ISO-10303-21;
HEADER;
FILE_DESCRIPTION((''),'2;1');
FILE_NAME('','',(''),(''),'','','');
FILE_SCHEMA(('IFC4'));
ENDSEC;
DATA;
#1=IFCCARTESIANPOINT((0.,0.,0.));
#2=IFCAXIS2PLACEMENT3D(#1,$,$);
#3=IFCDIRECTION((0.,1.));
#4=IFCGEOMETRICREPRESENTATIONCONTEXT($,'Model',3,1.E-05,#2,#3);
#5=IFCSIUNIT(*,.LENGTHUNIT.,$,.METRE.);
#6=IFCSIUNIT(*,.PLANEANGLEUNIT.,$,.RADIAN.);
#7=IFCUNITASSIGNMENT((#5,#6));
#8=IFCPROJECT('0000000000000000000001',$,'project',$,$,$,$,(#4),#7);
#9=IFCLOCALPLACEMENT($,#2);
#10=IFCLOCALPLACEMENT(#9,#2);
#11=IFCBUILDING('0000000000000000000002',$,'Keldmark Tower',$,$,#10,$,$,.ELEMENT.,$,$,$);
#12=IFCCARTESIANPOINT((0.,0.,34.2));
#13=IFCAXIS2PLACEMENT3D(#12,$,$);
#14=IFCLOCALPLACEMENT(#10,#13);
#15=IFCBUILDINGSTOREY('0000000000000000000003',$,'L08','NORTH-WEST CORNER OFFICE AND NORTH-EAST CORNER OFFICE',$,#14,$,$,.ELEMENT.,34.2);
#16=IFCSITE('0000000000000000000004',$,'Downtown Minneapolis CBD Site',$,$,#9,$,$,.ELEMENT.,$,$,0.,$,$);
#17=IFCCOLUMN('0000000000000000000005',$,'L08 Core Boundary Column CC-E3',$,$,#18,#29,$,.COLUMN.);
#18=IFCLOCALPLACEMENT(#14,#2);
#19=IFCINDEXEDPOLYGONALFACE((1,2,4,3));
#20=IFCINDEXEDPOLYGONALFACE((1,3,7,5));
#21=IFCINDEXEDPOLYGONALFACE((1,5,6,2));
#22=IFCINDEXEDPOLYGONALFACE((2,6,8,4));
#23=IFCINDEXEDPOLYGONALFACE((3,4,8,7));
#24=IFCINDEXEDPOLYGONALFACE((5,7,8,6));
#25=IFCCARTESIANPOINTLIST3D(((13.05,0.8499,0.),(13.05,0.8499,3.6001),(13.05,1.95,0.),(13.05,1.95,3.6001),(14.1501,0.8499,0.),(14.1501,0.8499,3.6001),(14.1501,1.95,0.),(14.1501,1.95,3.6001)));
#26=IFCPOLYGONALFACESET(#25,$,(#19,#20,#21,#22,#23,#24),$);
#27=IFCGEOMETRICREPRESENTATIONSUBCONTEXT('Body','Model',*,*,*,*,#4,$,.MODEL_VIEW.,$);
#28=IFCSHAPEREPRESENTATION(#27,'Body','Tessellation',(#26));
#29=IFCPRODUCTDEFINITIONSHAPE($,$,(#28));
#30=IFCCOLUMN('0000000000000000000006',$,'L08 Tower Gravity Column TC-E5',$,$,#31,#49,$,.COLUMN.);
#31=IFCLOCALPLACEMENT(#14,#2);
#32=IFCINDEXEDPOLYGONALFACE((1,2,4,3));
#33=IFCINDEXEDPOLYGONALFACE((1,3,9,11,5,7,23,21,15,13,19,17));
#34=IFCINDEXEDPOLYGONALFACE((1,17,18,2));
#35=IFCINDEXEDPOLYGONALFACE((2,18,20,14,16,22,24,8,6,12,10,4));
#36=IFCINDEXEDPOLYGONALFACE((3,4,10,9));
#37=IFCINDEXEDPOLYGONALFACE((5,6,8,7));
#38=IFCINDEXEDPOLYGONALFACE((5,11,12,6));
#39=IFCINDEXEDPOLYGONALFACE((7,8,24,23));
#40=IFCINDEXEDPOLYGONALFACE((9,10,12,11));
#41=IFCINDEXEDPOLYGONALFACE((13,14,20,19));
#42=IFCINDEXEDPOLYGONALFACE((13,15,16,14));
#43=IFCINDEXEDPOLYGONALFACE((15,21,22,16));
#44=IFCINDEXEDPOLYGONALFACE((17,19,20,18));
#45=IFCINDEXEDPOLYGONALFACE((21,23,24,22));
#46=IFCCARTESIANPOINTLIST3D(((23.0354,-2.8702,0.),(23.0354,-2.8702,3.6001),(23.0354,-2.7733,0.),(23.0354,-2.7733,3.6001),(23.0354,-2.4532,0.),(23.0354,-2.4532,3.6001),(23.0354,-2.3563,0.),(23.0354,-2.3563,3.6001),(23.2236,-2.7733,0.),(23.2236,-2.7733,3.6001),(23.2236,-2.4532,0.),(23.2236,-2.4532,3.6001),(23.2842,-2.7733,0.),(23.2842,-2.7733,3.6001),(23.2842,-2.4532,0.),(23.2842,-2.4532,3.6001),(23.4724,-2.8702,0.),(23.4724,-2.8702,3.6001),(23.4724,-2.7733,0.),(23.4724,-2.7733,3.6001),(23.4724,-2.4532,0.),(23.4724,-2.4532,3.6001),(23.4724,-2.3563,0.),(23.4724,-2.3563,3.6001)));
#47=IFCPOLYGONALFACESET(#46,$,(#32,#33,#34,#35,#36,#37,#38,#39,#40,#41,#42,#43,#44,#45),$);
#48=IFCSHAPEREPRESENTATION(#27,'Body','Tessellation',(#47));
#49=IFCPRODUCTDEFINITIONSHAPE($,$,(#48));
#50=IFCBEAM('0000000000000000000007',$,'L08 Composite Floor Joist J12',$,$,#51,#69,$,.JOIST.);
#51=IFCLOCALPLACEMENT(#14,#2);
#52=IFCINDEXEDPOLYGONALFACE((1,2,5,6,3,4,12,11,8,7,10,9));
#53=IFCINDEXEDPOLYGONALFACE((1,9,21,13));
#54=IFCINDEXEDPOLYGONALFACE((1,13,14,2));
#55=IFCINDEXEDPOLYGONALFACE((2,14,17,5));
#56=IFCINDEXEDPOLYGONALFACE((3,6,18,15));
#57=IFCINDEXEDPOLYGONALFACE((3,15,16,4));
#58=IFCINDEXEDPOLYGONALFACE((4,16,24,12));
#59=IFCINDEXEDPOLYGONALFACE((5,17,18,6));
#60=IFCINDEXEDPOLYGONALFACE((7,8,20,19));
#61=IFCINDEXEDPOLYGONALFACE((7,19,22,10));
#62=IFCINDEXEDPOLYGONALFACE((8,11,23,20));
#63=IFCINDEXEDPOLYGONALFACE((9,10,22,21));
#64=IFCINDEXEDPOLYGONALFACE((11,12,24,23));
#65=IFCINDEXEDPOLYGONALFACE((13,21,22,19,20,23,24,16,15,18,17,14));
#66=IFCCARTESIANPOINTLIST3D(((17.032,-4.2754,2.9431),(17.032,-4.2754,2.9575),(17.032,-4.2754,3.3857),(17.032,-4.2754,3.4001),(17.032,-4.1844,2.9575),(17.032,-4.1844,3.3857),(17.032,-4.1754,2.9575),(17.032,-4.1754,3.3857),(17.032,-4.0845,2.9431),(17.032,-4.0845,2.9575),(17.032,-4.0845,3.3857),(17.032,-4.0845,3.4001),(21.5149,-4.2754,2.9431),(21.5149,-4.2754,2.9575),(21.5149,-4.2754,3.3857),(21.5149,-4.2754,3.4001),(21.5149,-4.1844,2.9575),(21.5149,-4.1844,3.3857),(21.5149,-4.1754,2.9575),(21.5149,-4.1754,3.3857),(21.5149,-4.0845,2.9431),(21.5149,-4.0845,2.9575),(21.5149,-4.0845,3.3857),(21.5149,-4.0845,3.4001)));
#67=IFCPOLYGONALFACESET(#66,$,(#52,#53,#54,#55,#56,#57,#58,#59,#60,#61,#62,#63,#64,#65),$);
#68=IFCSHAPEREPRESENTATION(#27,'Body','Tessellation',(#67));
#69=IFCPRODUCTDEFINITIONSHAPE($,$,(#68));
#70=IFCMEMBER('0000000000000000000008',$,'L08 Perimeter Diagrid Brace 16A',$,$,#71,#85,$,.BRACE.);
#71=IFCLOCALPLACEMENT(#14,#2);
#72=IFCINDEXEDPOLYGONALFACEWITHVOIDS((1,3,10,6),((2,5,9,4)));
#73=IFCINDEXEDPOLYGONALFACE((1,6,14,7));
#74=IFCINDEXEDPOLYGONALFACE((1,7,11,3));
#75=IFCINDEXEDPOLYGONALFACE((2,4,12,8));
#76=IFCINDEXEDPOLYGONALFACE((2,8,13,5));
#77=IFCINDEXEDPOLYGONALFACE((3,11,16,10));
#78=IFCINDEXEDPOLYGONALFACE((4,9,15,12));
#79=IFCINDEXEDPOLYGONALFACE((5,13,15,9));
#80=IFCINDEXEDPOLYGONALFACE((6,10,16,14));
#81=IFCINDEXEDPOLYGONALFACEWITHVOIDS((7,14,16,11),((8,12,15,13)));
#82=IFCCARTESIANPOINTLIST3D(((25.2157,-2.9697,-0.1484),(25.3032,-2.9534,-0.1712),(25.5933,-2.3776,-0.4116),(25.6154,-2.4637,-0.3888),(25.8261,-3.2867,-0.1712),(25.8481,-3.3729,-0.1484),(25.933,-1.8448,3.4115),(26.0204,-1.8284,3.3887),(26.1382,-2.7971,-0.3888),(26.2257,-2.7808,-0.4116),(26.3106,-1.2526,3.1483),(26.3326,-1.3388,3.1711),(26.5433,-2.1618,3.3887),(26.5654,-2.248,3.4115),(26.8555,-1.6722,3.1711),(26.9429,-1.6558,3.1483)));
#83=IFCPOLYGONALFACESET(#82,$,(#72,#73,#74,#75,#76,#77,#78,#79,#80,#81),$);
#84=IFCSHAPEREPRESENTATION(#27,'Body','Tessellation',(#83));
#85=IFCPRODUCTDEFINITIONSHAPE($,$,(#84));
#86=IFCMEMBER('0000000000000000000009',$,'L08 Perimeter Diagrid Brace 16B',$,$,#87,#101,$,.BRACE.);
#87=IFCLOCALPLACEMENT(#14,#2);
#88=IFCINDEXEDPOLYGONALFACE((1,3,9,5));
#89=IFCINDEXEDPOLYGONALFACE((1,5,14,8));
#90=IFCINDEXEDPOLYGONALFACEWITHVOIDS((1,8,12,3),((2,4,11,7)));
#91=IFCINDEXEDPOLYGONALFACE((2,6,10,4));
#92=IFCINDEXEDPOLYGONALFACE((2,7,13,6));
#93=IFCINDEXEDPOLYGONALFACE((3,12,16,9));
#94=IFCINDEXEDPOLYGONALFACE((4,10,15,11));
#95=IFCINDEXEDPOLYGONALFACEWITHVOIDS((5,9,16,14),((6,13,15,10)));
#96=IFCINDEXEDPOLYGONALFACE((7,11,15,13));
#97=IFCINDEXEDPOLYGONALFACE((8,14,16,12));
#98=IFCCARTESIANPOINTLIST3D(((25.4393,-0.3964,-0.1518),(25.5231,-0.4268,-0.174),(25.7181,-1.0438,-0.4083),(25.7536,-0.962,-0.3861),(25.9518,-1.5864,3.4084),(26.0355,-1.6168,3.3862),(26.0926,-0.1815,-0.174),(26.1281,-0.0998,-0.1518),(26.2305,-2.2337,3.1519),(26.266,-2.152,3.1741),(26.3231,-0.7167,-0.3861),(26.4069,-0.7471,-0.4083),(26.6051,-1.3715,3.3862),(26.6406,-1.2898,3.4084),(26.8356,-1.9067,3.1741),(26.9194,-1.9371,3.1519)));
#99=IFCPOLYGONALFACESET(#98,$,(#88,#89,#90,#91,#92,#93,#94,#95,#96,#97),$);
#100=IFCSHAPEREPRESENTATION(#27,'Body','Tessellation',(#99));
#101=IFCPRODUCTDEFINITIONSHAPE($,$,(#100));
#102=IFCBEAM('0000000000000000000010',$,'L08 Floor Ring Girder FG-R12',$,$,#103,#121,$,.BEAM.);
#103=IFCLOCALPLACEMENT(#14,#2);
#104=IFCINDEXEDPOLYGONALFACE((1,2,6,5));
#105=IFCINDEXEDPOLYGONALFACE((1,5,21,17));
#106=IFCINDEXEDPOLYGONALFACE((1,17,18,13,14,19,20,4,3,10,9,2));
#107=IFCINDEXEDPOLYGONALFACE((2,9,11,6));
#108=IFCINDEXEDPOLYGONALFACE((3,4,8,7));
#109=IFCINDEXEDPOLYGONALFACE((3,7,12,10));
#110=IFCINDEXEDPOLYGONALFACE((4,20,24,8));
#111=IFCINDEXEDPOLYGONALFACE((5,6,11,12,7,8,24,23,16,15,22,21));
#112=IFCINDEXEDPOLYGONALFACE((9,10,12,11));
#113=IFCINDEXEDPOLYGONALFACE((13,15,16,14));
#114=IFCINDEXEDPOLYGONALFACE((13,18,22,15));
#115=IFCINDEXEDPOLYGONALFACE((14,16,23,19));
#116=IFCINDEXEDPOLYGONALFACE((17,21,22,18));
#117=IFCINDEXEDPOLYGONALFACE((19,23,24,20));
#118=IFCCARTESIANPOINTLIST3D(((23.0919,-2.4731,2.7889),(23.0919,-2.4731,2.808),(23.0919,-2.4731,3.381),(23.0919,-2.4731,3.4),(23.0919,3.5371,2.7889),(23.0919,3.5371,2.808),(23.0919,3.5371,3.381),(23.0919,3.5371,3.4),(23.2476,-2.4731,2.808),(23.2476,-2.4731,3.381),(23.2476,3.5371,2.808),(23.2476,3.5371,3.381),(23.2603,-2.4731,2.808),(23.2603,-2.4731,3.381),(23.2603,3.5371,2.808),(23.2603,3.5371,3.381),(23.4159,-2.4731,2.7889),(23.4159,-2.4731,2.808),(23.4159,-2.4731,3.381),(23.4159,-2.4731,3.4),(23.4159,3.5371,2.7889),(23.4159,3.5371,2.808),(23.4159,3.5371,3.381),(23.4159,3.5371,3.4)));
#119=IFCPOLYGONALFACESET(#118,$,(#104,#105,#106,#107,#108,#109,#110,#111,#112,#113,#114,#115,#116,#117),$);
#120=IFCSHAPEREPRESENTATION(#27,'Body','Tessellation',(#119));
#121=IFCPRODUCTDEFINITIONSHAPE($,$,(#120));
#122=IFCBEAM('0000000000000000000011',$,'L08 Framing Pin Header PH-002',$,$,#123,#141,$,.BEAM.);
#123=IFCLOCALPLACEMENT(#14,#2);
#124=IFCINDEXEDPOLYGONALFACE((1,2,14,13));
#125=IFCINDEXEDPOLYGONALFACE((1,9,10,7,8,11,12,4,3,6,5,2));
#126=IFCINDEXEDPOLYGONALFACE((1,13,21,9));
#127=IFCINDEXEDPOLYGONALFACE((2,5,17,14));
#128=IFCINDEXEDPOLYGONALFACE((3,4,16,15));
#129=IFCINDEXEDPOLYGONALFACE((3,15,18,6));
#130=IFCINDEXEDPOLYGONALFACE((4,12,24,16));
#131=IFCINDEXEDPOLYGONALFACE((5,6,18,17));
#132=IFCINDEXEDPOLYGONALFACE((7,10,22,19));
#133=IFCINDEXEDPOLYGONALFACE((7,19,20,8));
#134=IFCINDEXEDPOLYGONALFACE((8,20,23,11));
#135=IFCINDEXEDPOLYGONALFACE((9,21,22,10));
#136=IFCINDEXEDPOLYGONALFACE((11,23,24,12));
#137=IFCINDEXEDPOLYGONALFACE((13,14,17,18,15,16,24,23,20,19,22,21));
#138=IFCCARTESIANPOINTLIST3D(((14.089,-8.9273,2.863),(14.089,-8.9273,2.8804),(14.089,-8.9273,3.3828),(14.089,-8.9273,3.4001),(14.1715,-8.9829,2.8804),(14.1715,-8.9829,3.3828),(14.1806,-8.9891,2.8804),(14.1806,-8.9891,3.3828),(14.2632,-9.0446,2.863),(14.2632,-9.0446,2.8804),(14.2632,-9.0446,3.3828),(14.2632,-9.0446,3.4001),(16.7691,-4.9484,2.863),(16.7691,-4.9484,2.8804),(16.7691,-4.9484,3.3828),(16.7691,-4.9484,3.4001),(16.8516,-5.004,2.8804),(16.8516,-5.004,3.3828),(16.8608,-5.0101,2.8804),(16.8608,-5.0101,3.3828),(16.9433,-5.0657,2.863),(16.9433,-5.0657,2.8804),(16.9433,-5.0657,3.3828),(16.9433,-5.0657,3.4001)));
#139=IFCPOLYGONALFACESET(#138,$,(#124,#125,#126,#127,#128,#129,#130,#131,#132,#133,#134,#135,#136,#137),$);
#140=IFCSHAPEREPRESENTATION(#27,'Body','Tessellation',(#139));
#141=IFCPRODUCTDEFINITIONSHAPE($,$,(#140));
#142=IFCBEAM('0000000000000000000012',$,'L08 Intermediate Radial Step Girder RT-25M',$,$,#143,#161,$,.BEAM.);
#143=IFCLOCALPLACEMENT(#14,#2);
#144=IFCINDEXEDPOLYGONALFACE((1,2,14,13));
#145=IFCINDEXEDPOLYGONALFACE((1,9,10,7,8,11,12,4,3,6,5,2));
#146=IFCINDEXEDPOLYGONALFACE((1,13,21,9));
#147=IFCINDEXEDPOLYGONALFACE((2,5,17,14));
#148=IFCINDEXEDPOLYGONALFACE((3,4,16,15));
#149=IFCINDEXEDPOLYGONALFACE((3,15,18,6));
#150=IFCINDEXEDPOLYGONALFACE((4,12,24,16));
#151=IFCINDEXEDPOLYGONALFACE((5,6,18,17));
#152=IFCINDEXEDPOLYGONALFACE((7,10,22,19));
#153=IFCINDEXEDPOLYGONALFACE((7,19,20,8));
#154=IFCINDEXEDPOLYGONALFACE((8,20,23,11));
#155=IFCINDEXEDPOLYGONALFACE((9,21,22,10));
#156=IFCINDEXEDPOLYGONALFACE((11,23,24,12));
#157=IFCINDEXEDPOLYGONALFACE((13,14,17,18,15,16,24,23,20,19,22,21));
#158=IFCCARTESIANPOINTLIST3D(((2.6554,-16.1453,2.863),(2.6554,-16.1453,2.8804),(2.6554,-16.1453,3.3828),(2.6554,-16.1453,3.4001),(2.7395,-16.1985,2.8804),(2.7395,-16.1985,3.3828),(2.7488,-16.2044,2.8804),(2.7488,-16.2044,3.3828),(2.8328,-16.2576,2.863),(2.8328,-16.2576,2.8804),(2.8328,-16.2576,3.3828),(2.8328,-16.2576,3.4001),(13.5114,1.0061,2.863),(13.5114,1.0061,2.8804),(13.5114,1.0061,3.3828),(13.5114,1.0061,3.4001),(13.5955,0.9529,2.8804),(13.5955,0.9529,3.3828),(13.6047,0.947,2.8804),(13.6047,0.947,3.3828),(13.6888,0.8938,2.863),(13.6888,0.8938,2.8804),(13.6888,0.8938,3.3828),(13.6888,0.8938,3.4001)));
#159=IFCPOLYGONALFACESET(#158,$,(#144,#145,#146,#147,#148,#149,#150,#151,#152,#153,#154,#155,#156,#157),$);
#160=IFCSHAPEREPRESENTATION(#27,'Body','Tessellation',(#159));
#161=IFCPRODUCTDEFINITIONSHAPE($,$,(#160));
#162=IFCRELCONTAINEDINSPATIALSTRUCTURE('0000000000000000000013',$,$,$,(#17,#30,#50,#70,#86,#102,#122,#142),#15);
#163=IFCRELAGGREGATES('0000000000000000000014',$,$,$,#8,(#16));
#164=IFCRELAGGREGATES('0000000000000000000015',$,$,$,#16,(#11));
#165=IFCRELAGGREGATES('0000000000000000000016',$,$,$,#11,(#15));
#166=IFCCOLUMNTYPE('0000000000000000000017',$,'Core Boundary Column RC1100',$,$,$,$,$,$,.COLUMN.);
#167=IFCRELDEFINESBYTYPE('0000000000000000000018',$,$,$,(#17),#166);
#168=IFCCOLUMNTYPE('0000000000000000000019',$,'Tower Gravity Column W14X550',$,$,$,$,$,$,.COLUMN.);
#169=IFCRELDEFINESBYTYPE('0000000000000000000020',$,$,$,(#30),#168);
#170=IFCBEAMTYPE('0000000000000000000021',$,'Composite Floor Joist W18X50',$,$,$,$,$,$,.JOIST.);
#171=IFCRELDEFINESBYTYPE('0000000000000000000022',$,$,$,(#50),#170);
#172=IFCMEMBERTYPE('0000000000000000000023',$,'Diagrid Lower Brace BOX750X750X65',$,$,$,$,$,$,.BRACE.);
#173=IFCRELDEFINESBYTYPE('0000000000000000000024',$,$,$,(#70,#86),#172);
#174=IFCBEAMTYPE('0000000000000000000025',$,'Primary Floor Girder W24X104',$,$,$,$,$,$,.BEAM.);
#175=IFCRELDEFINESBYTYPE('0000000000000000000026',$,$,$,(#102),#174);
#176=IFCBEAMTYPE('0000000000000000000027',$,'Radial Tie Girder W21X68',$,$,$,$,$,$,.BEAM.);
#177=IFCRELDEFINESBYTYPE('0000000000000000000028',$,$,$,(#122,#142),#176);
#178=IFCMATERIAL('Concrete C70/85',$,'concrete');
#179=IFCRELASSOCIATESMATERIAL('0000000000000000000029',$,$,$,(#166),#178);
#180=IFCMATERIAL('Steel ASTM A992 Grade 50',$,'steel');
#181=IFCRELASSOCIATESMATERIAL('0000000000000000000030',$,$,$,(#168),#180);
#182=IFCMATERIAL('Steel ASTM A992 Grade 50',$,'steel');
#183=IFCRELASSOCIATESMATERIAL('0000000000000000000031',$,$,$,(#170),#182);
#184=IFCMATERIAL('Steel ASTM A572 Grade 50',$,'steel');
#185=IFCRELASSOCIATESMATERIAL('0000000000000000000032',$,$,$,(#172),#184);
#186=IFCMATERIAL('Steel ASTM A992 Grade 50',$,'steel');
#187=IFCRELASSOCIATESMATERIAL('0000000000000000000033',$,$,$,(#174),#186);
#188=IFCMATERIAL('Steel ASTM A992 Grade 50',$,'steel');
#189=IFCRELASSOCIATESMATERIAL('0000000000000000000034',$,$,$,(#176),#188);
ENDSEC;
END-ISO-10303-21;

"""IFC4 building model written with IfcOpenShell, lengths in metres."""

from ifc_helpers import new_model, si_unit, direction, frame, origin, origin_2d, place, context, subcontext, project, spatial, rectangle, hollow_rectangle, i_section, extrude, material, material_profile, profile_set, type_object, element, save


model = new_model("IFC4")

# Units and contexts
model_context = context("Model", 3, precision=1e-05, world=origin(), true_north=direction((0.0, 1.0)))
body_context = subcontext(model_context, "Body", "Model", "MODEL_VIEW")
ifc_project = project(units=[si_unit("LENGTHUNIT", "METRE"), si_unit("PLANEANGLEUNIT", "RADIAN")], contexts=[model_context])

# Site, building, storey
site_placement = place(None, origin())
site = spatial("IfcSite", under=ifc_project, at=site_placement, Name="Downtown Minneapolis CBD Site", CompositionType="ELEMENT", RefElevation=0.0)
building_placement = place(site_placement, origin())
building = spatial("IfcBuilding", under=site, at=building_placement, Name="Keldmark Tower", CompositionType="ELEMENT")
storey_placement = place(building_placement, frame((0.0, 0.0, 34.2)))
storey = spatial("IfcBuildingStorey", under=building, at=storey_placement, Name="L08", Description="NORTH-WEST CORNER OFFICE AND NORTH-EAST CORNER OFFICE", CompositionType="ELEMENT", Elevation=34.2)

# Columns
ifc_material_1 = material(Name="Concrete C70/85", Category="concrete")
ifc_material_profile_1 = material_profile(ifc_material_1, rectangle(XDim=1.1001, YDim=1.1001, at=origin_2d()), Name="RC1100X1100")
ifc_profile_set_1 = profile_set([ifc_material_profile_1], Name="Concrete C70/85")
column_type_1 = type_object("IfcColumnType", Name="Core Boundary Column RC1100", PredefinedType="COLUMN", material=ifc_profile_set_1)
column_1_placement = place(storey_placement, frame((13.6001, 1.3999, 0.0), z_axis=(0.0, 0.0, 1.0), x_axis=(1.0, 0.0, 0.0)))
element("IfcColumn", 1, at=column_1_placement, inside=storey, type_object=column_type_1, Name="L08 Core Boundary Column CC-E3", PredefinedType="COLUMN", context=body_context, shape_type="SweptSolid", body=[
    extrude(rectangle(XDim=1.1001, YDim=1.1001, at=origin_2d()), origin(), (0.0, 0.0, 1.0), 3.6001),
])
ifc_material_2 = material(Name="Steel ASTM A992 Grade 50", Category="steel")
ifc_material_profile_2 = material_profile(ifc_material_2, i_section(OverallWidth=0.437, OverallDepth=0.5139, WebThickness=0.0605, FlangeThickness=0.0969, at=origin_2d()), Name="W14X550")
ifc_profile_set_2 = profile_set([ifc_material_profile_2], Name="Steel ASTM A992 Grade 50")
column_type_2 = type_object("IfcColumnType", Name="Tower Gravity Column W14X550", PredefinedType="COLUMN", material=ifc_profile_set_2)
column_2_placement = place(storey_placement, frame((23.2539, -2.6133, 0.0), z_axis=(0.0, 0.0, 1.0), x_axis=(1.0, 0.0, 0.0)))
element("IfcColumn", 2, at=column_2_placement, inside=storey, type_object=column_type_2, Name="L08 Tower Gravity Column TC-E5", PredefinedType="COLUMN", context=body_context, shape_type="SweptSolid", body=[
    extrude(i_section(OverallWidth=0.437, OverallDepth=0.5139, WebThickness=0.0605, FlangeThickness=0.0969, at=origin_2d()), origin(), (0.0, 0.0, 1.0), 3.6001),
])

# Beam
ifc_material_3 = material(Name="Steel ASTM A992 Grade 50", Category="steel")
ifc_material_profile_3 = material_profile(ifc_material_3, i_section(OverallWidth=0.1909, OverallDepth=0.457, WebThickness=0.009, FlangeThickness=0.0144, at=origin_2d()), Name="W18X50")
ifc_profile_set_3 = profile_set([ifc_material_profile_3], Name="Steel ASTM A992 Grade 50")
beam_type_1 = type_object("IfcBeamType", Name="Composite Floor Joist W18X50", PredefinedType="JOIST", material=ifc_profile_set_3)
beam_1_placement = place(storey_placement, frame((17.032, -4.1799, 3.1716), z_axis=(1.0, 0.0, 0.0), x_axis=(0.0, 1.0, 0.0)))
element("IfcBeam", 3, at=beam_1_placement, inside=storey, type_object=beam_type_1, Name="L08 Composite Floor Joist J12", PredefinedType="JOIST", context=body_context, shape_type="SweptSolid", body=[
    extrude(i_section(OverallWidth=0.1909, OverallDepth=0.457, WebThickness=0.009, FlangeThickness=0.0144, at=origin_2d()), origin(), (0.0, 0.0, 1.0), 4.4829),
])

# Members
ifc_material_4 = material(Name="Steel ASTM A572 Grade 50", Category="steel")
ifc_material_profile_4 = material_profile(ifc_material_4, hollow_rectangle(XDim=0.75, YDim=0.75, WallThickness=0.0649, at=origin_2d()), Name="BOX750X750X65")
ifc_profile_set_4 = profile_set([ifc_material_profile_4], Name="Steel ASTM A572 Grade 50")
member_type = type_object("IfcMemberType", Name="Diagrid Lower Brace BOX750X750X65", PredefinedType="BRACE", material=ifc_profile_set_4)
member_1_placement = place(storey_placement, frame((25.7207, -2.8752, -0.28), z_axis=(0.188667, 0.295908, 0.936399), x_axis=(-0.843194, 0.537609, 0.0)))
element("IfcMember", 4, at=member_1_placement, inside=storey, type_object=member_type, Name="L08 Perimeter Diagrid Brace 16A", PredefinedType="BRACE", context=body_context, shape_type="SweptSolid", body=[
    extrude(hollow_rectangle(XDim=0.75, YDim=0.75, WallThickness=0.0649, at=origin_2d()), origin(), (0.0, 0.0, 1.0), 3.8018),
])
member_2_placement = place(storey_placement, frame((25.9231, -0.5718, -0.28), z_axis=(0.135266, -0.314095, 0.939706), x_axis=(0.918452, 0.395533, 0.0)))
element("IfcMember", 5, at=member_2_placement, inside=storey, type_object=member_type, Name="L08 Perimeter Diagrid Brace 16B", PredefinedType="BRACE", context=body_context, shape_type="SweptSolid", body=[
    extrude(hollow_rectangle(XDim=0.75, YDim=0.75, WallThickness=0.0649, at=origin_2d()), origin(), (0.0, 0.0, 1.0), 3.7886),
])

# Beams
ifc_material_5 = material(Name="Steel ASTM A992 Grade 50", Category="steel")
ifc_material_profile_5 = material_profile(ifc_material_5, i_section(OverallWidth=0.324, OverallDepth=0.6111, WebThickness=0.0127, FlangeThickness=0.019, at=origin_2d()), Name="W24X104")
ifc_profile_set_5 = profile_set([ifc_material_profile_5], Name="Steel ASTM A992 Grade 50")
beam_type_2 = type_object("IfcBeamType", Name="Primary Floor Girder W24X104", PredefinedType="BEAM", material=ifc_profile_set_5)
beam_2_placement = place(storey_placement, frame((23.2539, -2.4731, 3.0945), z_axis=(0.0, 1.0, 0.0), x_axis=(-1.0, 0.0, 0.0)))
element("IfcBeam", 6, at=beam_2_placement, inside=storey, type_object=beam_type_2, Name="L08 Floor Ring Girder FG-R12", PredefinedType="BEAM", context=body_context, shape_type="SweptSolid", body=[
    extrude(i_section(OverallWidth=0.324, OverallDepth=0.6111, WebThickness=0.0127, FlangeThickness=0.019, at=origin_2d()), origin(), (0.0, 0.0, 1.0), 6.0103),
])
ifc_material_6 = material(Name="Steel ASTM A992 Grade 50", Category="steel")
ifc_material_profile_6 = material_profile(ifc_material_6, i_section(OverallWidth=0.21, OverallDepth=0.5371, WebThickness=0.011, FlangeThickness=0.0173, at=origin_2d()), Name="W21X68")
ifc_profile_set_6 = profile_set([ifc_material_profile_6], Name="Steel ASTM A992 Grade 50")
beam_type_3 = type_object("IfcBeamType", Name="Radial Tie Girder W21X68", PredefinedType="BEAM", material=ifc_profile_set_6)
beam_3_placement = place(storey_placement, frame((16.8562, -5.0071, 3.1316), z_axis=(-0.558663, -0.829395, 0.0), x_axis=(0.829395, -0.558663, 0.0)))
element("IfcBeam", 7, at=beam_3_placement, inside=storey, type_object=beam_type_3, Name="L08 Framing Pin Header PH-002", PredefinedType="BEAM", context=body_context, shape_type="SweptSolid", body=[
    extrude(i_section(OverallWidth=0.21, OverallDepth=0.5371, WebThickness=0.011, FlangeThickness=0.0173, at=origin_2d()), origin(), (0.0, 0.0, 1.0), 4.7974),
])
beam_4_placement = place(storey_placement, frame((13.6001, 0.95, 3.1316), z_axis=(-0.534821, -0.844965, 0.0), x_axis=(0.844965, -0.534821, 0.0)))
element("IfcBeam", 8, at=beam_4_placement, inside=storey, type_object=beam_type_3, Name="L08 Intermediate Radial Step Girder RT-25M", PredefinedType="BEAM", context=body_context, shape_type="SweptSolid", body=[
    extrude(i_section(OverallWidth=0.21, OverallDepth=0.5371, WebThickness=0.011, FlangeThickness=0.0173, at=origin_2d()), origin(), (0.0, 0.0, 1.0), 20.2983),
])

save(model, "model.ifc")
